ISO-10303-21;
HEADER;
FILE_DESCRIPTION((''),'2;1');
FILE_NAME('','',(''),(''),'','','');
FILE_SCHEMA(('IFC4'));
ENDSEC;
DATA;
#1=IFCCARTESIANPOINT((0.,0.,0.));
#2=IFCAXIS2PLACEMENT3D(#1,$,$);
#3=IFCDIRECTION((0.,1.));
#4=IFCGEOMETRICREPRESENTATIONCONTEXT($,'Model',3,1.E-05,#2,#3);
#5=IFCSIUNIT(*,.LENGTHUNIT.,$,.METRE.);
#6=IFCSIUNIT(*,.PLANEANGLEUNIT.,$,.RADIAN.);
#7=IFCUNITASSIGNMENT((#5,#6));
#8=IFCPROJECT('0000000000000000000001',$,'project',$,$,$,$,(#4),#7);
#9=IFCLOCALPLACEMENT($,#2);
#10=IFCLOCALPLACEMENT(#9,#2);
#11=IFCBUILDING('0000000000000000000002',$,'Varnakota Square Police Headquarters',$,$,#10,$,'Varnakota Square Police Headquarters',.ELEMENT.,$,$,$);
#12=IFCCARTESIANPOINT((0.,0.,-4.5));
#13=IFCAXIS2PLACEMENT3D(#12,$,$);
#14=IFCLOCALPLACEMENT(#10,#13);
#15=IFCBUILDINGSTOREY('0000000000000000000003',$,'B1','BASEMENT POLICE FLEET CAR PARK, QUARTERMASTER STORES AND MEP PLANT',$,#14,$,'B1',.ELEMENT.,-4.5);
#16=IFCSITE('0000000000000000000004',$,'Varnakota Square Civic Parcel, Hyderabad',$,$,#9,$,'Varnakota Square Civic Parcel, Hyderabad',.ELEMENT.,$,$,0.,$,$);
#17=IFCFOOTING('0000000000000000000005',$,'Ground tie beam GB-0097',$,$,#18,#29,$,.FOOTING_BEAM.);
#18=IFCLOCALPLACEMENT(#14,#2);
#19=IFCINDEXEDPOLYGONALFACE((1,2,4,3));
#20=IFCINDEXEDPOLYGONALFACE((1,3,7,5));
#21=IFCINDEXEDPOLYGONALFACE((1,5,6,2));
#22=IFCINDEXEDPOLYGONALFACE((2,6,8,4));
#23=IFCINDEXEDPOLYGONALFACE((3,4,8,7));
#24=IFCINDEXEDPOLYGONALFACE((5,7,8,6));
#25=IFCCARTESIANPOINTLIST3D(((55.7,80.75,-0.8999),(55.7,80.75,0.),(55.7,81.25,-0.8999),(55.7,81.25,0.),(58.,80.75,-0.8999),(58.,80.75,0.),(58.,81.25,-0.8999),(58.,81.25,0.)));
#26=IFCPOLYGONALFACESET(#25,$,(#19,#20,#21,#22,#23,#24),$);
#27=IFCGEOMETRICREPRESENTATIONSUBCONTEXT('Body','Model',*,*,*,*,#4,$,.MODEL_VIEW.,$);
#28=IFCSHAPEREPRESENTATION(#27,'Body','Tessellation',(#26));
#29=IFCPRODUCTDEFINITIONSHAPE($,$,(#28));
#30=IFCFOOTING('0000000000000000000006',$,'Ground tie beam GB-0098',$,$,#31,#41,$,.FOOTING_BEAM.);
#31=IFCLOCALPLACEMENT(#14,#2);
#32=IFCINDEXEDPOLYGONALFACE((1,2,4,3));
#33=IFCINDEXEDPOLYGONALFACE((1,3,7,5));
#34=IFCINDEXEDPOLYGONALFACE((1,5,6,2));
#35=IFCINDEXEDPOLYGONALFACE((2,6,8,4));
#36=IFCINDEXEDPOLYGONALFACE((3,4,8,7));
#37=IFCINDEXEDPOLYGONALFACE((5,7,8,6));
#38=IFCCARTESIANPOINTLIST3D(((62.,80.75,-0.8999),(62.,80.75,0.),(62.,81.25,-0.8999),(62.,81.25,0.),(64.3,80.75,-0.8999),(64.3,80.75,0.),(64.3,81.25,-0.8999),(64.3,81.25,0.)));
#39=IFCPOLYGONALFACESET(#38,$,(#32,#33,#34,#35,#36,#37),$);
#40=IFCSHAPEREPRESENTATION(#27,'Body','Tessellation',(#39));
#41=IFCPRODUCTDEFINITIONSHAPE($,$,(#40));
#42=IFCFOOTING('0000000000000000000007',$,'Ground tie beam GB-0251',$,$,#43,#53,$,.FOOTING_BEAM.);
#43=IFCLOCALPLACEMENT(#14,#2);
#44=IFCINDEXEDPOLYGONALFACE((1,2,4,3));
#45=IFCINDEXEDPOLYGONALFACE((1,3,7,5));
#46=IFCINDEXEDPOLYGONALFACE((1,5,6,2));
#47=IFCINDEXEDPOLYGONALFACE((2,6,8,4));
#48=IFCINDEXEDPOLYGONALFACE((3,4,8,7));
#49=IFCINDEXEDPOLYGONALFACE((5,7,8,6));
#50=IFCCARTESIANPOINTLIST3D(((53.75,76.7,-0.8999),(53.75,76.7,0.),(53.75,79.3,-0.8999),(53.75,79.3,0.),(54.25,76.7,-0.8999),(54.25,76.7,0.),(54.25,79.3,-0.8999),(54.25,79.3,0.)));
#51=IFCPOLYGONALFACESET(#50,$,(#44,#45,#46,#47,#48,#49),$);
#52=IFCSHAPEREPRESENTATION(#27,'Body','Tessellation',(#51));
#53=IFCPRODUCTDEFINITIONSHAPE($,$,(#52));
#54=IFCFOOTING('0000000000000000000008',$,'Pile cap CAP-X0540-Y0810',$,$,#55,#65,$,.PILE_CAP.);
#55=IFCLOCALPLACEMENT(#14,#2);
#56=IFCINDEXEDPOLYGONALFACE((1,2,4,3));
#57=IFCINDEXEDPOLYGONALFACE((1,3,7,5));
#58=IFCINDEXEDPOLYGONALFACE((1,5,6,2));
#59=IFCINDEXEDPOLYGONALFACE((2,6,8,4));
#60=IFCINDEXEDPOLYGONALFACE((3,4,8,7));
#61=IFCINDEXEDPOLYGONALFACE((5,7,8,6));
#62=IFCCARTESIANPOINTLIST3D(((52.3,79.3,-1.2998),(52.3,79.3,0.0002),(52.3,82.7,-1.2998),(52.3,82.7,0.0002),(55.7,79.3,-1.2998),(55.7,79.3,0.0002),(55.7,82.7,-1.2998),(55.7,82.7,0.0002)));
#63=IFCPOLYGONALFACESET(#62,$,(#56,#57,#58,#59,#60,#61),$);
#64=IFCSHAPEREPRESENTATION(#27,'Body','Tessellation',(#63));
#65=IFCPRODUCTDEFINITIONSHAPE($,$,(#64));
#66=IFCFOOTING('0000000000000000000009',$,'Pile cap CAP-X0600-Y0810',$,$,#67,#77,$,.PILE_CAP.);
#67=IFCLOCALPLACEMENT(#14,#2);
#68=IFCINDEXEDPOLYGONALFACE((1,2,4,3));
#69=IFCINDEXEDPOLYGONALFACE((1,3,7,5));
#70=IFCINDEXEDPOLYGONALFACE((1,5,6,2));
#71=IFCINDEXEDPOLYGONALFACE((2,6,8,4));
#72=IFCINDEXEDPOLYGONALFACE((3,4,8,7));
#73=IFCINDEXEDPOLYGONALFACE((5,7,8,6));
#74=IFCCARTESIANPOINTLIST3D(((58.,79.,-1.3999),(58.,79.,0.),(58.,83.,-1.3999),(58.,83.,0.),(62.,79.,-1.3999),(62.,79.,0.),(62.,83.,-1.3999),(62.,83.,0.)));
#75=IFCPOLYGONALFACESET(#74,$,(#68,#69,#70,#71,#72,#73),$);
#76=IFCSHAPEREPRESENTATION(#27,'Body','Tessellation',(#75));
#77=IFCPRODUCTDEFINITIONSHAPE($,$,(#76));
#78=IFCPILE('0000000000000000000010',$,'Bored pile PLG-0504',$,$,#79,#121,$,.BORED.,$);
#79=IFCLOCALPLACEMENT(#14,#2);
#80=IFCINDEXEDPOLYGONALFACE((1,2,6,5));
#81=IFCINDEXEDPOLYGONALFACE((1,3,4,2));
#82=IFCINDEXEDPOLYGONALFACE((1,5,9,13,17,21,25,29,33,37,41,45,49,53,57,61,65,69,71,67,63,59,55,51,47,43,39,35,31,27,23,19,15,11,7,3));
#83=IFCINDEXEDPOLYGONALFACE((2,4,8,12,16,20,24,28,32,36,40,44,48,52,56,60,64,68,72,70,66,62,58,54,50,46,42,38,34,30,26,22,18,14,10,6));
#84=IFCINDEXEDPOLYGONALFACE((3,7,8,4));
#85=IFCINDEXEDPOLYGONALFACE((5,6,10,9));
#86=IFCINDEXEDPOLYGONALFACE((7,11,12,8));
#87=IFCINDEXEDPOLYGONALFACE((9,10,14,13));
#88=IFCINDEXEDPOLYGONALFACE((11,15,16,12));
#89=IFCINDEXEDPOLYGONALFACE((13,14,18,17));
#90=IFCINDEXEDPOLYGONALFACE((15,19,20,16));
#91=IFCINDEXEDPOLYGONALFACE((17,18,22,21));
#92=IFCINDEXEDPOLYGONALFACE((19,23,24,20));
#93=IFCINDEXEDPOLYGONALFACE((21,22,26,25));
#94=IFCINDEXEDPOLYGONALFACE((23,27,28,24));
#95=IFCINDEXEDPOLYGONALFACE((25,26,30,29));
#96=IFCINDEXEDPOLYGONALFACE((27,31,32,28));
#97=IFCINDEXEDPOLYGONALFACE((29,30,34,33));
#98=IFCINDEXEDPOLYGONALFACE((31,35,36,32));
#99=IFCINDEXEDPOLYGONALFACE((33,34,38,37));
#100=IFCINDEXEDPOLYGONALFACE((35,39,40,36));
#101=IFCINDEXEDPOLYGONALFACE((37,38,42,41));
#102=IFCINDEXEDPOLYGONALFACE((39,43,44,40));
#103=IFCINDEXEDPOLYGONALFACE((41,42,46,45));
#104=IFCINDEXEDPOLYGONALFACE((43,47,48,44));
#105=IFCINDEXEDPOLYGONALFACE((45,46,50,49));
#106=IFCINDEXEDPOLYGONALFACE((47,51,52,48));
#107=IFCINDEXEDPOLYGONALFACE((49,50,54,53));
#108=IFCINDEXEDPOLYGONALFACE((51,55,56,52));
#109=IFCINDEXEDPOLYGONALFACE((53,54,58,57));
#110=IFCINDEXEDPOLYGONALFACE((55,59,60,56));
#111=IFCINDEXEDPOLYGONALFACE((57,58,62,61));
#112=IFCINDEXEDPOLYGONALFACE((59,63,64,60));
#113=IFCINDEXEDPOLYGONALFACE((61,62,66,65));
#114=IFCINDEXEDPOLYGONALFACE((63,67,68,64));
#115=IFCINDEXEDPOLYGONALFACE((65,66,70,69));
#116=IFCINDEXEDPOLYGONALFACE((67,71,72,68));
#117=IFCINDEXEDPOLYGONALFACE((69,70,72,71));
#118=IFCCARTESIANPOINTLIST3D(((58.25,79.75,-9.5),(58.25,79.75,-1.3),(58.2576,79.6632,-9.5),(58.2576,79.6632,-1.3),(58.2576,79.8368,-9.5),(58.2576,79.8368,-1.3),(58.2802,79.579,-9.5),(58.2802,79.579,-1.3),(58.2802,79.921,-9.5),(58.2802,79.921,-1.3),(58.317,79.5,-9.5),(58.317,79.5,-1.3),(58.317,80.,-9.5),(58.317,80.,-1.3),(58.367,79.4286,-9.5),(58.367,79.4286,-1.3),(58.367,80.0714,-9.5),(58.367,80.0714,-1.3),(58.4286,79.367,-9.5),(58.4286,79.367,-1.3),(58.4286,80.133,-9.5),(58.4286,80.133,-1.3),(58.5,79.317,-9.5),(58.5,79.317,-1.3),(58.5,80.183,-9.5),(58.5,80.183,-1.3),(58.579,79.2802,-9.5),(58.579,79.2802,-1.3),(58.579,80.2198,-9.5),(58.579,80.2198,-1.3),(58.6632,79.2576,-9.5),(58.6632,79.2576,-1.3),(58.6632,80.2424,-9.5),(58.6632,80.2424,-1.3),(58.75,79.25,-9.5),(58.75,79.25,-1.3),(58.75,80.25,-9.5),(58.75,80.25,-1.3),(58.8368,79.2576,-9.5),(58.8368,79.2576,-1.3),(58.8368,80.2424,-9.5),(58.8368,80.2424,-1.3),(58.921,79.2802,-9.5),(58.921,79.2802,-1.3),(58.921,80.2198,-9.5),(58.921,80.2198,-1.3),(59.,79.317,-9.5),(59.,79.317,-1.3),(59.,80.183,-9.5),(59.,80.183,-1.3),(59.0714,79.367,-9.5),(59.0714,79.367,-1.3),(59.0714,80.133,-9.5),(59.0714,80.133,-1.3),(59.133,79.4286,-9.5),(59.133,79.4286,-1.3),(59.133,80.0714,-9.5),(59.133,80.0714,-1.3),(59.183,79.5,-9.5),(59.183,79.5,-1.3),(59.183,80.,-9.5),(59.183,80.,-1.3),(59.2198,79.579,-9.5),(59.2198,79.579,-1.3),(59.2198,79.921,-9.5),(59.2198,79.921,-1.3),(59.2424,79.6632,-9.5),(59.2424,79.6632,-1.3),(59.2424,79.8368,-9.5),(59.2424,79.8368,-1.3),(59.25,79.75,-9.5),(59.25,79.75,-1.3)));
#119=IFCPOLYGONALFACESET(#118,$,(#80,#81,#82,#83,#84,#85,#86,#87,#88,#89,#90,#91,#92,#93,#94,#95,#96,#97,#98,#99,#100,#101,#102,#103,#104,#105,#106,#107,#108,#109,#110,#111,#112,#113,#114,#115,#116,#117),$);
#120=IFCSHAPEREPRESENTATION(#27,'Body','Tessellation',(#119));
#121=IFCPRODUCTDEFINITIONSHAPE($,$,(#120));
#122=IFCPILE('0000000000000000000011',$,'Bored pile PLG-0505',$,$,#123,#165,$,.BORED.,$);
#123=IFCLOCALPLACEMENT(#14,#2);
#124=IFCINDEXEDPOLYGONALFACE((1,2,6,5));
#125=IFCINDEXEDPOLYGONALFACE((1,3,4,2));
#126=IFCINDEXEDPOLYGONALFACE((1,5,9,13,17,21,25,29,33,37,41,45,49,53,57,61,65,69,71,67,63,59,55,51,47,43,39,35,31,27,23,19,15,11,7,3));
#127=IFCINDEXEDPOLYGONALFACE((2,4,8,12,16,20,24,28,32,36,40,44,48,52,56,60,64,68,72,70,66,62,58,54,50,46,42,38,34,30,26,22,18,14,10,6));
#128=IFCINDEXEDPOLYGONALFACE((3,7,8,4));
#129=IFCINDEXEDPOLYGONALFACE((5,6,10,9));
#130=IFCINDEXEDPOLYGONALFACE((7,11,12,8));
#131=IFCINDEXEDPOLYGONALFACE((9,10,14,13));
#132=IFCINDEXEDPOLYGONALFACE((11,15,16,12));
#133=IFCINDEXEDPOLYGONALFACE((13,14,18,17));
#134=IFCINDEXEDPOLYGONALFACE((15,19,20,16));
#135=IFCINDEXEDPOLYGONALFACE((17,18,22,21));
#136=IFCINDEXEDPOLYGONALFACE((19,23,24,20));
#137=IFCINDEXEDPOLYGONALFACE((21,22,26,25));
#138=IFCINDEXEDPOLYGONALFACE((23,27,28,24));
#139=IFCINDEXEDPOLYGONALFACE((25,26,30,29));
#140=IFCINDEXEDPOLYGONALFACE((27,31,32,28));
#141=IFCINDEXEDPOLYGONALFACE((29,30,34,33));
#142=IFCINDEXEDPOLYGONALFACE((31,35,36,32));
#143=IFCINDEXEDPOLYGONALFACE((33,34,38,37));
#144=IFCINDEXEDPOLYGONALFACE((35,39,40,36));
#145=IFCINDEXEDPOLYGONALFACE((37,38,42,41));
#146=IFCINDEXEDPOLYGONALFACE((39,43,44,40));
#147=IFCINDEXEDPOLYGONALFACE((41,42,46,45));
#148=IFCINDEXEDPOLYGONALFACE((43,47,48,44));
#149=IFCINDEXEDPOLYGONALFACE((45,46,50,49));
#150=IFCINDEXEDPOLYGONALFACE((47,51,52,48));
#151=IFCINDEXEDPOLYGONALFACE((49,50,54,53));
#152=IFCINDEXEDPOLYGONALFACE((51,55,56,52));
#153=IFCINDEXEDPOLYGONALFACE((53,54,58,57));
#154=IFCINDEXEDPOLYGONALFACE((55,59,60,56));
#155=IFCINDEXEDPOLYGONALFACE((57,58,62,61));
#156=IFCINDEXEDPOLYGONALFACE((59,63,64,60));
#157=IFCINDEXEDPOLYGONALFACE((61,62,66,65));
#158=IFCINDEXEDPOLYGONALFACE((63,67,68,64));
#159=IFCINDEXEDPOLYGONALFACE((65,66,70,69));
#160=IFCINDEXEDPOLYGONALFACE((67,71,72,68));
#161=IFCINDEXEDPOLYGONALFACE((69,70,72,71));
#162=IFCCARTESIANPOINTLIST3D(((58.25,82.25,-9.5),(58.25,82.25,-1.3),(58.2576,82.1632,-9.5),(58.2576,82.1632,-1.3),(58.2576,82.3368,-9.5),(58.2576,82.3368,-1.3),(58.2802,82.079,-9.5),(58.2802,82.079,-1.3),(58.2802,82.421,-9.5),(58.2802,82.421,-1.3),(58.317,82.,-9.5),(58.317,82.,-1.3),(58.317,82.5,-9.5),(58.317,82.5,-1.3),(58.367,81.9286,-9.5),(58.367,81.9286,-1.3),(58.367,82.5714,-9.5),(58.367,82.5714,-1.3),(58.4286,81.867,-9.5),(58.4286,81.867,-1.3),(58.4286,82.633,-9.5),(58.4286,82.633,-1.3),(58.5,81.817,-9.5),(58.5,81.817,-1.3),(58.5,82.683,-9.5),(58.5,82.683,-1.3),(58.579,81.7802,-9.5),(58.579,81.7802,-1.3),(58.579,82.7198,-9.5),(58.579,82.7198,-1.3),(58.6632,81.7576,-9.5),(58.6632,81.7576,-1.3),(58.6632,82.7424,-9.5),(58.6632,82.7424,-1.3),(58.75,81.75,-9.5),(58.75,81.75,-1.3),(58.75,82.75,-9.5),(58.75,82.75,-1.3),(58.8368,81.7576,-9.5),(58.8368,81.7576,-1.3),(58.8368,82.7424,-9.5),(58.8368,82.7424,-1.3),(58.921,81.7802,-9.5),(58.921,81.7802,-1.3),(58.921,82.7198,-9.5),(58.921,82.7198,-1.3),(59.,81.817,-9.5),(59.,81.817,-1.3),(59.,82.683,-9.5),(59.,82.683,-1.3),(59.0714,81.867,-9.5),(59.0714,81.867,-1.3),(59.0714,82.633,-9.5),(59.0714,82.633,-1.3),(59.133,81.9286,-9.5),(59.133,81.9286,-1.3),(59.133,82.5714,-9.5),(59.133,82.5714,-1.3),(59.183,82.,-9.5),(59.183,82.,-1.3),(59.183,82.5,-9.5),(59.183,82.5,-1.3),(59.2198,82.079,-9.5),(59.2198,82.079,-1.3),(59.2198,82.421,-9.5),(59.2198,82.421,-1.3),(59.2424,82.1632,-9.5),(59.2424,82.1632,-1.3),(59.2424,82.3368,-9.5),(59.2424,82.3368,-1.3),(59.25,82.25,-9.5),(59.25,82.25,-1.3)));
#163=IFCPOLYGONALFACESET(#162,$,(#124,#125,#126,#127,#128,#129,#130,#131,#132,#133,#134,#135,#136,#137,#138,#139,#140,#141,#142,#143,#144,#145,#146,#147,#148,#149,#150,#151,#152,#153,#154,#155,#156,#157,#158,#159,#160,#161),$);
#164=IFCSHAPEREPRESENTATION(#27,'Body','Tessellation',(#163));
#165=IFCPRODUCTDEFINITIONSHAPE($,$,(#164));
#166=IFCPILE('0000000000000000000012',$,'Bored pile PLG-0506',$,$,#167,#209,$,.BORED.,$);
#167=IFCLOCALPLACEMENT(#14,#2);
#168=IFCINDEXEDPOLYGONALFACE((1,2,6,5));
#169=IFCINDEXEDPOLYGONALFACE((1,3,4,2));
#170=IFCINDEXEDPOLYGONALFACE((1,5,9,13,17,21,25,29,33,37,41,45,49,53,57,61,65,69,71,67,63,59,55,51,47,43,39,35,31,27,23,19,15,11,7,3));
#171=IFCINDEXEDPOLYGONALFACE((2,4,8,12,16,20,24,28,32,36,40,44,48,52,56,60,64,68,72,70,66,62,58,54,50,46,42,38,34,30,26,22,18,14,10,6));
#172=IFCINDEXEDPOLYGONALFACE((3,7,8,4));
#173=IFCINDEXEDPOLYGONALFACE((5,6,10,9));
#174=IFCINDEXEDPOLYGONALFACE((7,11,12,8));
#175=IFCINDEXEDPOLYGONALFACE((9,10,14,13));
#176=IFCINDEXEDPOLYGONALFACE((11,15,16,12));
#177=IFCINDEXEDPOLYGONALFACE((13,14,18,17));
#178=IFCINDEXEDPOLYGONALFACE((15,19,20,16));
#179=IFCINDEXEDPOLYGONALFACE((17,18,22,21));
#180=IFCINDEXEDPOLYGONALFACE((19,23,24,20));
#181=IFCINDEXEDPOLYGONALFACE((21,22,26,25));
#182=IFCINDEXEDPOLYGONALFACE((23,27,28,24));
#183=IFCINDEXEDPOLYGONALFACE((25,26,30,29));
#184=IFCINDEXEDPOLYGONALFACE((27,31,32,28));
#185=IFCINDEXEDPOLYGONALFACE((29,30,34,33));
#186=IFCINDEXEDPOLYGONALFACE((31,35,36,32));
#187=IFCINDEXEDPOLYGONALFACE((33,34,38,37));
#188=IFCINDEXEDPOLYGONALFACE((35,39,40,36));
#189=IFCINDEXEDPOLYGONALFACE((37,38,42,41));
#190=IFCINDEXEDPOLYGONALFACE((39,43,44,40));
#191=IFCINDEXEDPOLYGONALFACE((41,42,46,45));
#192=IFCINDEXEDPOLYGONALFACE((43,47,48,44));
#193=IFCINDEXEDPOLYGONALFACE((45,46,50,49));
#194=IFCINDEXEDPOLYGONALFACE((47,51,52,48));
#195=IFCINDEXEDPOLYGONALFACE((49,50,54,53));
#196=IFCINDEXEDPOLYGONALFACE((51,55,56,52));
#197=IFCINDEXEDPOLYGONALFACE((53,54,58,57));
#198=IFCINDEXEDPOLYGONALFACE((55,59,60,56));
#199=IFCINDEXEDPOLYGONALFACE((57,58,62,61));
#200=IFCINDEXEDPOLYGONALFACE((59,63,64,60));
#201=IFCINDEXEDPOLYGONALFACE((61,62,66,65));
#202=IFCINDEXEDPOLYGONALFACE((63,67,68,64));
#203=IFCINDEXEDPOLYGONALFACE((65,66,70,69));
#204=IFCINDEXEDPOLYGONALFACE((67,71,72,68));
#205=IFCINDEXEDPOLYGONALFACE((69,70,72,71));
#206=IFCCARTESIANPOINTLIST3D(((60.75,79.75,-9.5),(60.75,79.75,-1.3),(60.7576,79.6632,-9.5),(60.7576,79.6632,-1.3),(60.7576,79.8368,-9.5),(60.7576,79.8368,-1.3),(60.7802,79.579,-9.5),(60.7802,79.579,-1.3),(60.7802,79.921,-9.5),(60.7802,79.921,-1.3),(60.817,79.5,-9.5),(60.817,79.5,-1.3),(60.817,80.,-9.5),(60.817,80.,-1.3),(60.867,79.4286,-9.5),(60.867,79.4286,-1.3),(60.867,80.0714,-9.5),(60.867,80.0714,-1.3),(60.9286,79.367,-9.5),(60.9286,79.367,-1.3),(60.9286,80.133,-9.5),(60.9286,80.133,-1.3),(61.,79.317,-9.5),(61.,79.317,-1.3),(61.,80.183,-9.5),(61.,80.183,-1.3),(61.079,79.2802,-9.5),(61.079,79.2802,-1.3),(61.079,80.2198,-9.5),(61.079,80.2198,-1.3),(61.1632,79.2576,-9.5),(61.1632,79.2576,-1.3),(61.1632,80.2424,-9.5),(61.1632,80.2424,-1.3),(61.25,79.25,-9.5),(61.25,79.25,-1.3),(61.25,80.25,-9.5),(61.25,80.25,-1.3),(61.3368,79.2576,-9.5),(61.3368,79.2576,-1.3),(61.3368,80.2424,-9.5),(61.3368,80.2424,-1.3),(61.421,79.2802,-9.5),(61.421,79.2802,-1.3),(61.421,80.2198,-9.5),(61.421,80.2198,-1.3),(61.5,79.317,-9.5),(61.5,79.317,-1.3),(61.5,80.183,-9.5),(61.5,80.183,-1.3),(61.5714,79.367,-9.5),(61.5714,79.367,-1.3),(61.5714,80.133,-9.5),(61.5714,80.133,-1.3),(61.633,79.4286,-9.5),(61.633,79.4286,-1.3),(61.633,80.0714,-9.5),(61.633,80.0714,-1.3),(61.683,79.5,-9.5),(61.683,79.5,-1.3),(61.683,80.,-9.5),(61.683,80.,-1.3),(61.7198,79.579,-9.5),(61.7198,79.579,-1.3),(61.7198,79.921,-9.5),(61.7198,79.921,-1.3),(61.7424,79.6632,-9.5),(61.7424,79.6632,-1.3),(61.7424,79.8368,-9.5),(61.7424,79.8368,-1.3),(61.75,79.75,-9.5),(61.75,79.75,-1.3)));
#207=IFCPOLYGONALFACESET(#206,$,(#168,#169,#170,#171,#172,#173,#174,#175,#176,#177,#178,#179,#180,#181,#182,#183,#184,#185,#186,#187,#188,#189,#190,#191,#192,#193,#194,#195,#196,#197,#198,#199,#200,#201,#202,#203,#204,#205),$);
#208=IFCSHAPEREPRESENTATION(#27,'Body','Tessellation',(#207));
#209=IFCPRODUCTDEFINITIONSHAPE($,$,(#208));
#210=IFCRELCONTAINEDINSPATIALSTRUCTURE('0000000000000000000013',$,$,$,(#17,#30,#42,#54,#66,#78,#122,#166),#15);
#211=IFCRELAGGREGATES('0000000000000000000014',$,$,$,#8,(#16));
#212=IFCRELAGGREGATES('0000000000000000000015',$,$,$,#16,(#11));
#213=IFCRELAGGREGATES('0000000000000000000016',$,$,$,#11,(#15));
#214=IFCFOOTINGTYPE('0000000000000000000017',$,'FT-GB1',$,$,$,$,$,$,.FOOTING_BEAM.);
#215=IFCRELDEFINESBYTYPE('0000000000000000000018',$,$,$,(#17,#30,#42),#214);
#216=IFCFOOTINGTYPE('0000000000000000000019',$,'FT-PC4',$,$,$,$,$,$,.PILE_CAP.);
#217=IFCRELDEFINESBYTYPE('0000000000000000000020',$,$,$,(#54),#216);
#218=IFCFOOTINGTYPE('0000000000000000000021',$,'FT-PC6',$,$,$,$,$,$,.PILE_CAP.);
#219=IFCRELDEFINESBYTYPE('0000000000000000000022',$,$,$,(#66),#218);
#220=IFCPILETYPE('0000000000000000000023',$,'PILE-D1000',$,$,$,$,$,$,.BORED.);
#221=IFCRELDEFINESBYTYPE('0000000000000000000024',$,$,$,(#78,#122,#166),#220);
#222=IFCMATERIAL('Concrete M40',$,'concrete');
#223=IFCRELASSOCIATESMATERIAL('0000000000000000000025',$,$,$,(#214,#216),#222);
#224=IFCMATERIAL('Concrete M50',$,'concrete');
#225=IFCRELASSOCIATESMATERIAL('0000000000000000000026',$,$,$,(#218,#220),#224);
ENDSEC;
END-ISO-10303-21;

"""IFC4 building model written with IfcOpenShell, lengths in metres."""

from ifc_helpers import new_model, si_unit, direction, frame, origin, origin_2d, place, context, subcontext, project, spatial, rectangle, circle, extrude, material, material_profile, profile_set, type_object, element, save


model = new_model("IFC4")

# Units and contexts
model_context = context("Model", 3, precision=1e-05, world=origin(), true_north=direction((0.0, 1.0)))
body_context = subcontext(model_context, "Body", "Model", "MODEL_VIEW")
ifc_project = project(units=[si_unit("LENGTHUNIT", "METRE"), si_unit("PLANEANGLEUNIT", "RADIAN")], contexts=[model_context])

# Site, building, storey
site_placement = place(None, origin())
site = spatial("IfcSite", under=ifc_project, at=site_placement, Name="Varnakota Square Civic Parcel, Hyderabad", LongName="Varnakota Square Civic Parcel, Hyderabad", CompositionType="ELEMENT", RefElevation=0.0)
building_placement = place(site_placement, origin())
building = spatial("IfcBuilding", under=site, at=building_placement, Name="Varnakota Square Police Headquarters", LongName="Varnakota Square Police Headquarters", CompositionType="ELEMENT")
storey_placement = place(building_placement, frame((0.0, 0.0, -4.5)))
storey = spatial("IfcBuildingStorey", under=building, at=storey_placement, Name="B1", Description="BASEMENT POLICE FLEET CAR PARK, QUARTERMASTER STORES AND MEP PLANT", LongName="B1", CompositionType="ELEMENT", Elevation=-4.5)

# Footings
ifc_material_1 = material(Name="Concrete M40", Category="concrete")
ifc_material_profile_1 = material_profile(ifc_material_1, rectangle(XDim=0.5, YDim=0.8999, at=origin_2d()), Name="GB 500x900")
ifc_profile_set_1 = profile_set([ifc_material_profile_1], Name="Concrete M40")
footing_type_1 = type_object("IfcFootingType", Name="FT-GB1", PredefinedType="FOOTING_BEAM", material=ifc_profile_set_1)
for number, where, z_axis, x_axis, name in (
    (1, (55.7, 81.0, -0.45), (1.0, 0.0, 0.0), (0.0, 1.0, 0.0), "Ground tie beam GB-0097"),
    (2, (62.0, 81.0, -0.45), (1.0, 0.0, 0.0), (0.0, 1.0, 0.0), "Ground tie beam GB-0098"),
):
    element("IfcFooting", number, at=place(storey_placement, frame(where, z_axis=z_axis, x_axis=x_axis)), inside=storey, type_object=footing_type_1, Name=name, PredefinedType="FOOTING_BEAM", context=body_context, shape_type="SweptSolid", body=[
        extrude(rectangle(XDim=0.5, YDim=0.8999, at=origin_2d()), origin(), (0.0, 0.0, 1.0), 2.3),
    ])
footing_1_placement = place(storey_placement, frame((54.0, 76.7, -0.45), z_axis=(0.0, 1.0, 0.0), x_axis=(-1.0, 0.0, 0.0)))
element("IfcFooting", 3, at=footing_1_placement, inside=storey, type_object=footing_type_1, Name="Ground tie beam GB-0251", PredefinedType="FOOTING_BEAM", context=body_context, shape_type="SweptSolid", body=[
    extrude(rectangle(XDim=0.5, YDim=0.8999, at=origin_2d()), origin(), (0.0, 0.0, 1.0), 2.6001),
])
footing_type_2 = type_object("IfcFootingType", Name="FT-PC4", PredefinedType="PILE_CAP", material=ifc_material_1)
footing_2_placement = place(storey_placement, frame((54.0, 81.0, -1.2998), z_axis=(0.0, 0.0, 1.0), x_axis=(1.0, 0.0, 0.0)))
element("IfcFooting", 4, at=footing_2_placement, inside=storey, type_object=footing_type_2, Name="Pile cap CAP-X0540-Y0810", PredefinedType="PILE_CAP", context=body_context, shape_type="SweptSolid", body=[
    extrude(rectangle(XDim=3.3999, YDim=3.3999, at=origin_2d()), origin(), (0.0, 0.0, 1.0), 1.3),
])
ifc_material_2 = material(Name="Concrete M50", Category="concrete")
footing_type_3 = type_object("IfcFootingType", Name="FT-PC6", PredefinedType="PILE_CAP", material=ifc_material_2)
footing_3_placement = place(storey_placement, frame((60.0, 81.0, -1.3999), z_axis=(0.0, 0.0, 1.0), x_axis=(1.0, 0.0, 0.0)))
element("IfcFooting", 5, at=footing_3_placement, inside=storey, type_object=footing_type_3, Name="Pile cap CAP-X0600-Y0810", PredefinedType="PILE_CAP", context=body_context, shape_type="SweptSolid", body=[
    extrude(rectangle(XDim=4.0, YDim=4.0, at=origin_2d()), origin(), (0.0, 0.0, 1.0), 1.3999),
])

# Piles
ifc_material_profile_2 = material_profile(ifc_material_2, circle(Radius=0.5, at=origin_2d()), Name="BORED PILE 1000")
ifc_profile_set_2 = profile_set([ifc_material_profile_2], Name="Concrete M50")
pile_type_1 = type_object("IfcPileType", Name="PILE-D1000", PredefinedType="BORED", material=ifc_profile_set_2)
for number, where, z_axis, x_axis, name in (
    (6, (58.75, 79.75, -1.3), (0.0, 0.0, -1.0), (1.0, 0.0, 0.0), "Bored pile PLG-0504"),
    (7, (58.75, 82.25, -1.3), (0.0, 0.0, -1.0), (1.0, 0.0, 0.0), "Bored pile PLG-0505"),
    (8, (61.25, 79.75, -1.3), (0.0, 0.0, -1.0), (1.0, 0.0, 0.0), "Bored pile PLG-0506"),
):
    element("IfcPile", number, at=place(storey_placement, frame(where, z_axis=z_axis, x_axis=x_axis)), inside=storey, type_object=pile_type_1, Name=name, PredefinedType="BORED", context=body_context, shape_type="SweptSolid", body=[
        extrude(circle(Radius=0.5, at=origin_2d()), origin(), (0.0, 0.0, 1.0), 8.2),
    ])

save(model, "model.ifc")
